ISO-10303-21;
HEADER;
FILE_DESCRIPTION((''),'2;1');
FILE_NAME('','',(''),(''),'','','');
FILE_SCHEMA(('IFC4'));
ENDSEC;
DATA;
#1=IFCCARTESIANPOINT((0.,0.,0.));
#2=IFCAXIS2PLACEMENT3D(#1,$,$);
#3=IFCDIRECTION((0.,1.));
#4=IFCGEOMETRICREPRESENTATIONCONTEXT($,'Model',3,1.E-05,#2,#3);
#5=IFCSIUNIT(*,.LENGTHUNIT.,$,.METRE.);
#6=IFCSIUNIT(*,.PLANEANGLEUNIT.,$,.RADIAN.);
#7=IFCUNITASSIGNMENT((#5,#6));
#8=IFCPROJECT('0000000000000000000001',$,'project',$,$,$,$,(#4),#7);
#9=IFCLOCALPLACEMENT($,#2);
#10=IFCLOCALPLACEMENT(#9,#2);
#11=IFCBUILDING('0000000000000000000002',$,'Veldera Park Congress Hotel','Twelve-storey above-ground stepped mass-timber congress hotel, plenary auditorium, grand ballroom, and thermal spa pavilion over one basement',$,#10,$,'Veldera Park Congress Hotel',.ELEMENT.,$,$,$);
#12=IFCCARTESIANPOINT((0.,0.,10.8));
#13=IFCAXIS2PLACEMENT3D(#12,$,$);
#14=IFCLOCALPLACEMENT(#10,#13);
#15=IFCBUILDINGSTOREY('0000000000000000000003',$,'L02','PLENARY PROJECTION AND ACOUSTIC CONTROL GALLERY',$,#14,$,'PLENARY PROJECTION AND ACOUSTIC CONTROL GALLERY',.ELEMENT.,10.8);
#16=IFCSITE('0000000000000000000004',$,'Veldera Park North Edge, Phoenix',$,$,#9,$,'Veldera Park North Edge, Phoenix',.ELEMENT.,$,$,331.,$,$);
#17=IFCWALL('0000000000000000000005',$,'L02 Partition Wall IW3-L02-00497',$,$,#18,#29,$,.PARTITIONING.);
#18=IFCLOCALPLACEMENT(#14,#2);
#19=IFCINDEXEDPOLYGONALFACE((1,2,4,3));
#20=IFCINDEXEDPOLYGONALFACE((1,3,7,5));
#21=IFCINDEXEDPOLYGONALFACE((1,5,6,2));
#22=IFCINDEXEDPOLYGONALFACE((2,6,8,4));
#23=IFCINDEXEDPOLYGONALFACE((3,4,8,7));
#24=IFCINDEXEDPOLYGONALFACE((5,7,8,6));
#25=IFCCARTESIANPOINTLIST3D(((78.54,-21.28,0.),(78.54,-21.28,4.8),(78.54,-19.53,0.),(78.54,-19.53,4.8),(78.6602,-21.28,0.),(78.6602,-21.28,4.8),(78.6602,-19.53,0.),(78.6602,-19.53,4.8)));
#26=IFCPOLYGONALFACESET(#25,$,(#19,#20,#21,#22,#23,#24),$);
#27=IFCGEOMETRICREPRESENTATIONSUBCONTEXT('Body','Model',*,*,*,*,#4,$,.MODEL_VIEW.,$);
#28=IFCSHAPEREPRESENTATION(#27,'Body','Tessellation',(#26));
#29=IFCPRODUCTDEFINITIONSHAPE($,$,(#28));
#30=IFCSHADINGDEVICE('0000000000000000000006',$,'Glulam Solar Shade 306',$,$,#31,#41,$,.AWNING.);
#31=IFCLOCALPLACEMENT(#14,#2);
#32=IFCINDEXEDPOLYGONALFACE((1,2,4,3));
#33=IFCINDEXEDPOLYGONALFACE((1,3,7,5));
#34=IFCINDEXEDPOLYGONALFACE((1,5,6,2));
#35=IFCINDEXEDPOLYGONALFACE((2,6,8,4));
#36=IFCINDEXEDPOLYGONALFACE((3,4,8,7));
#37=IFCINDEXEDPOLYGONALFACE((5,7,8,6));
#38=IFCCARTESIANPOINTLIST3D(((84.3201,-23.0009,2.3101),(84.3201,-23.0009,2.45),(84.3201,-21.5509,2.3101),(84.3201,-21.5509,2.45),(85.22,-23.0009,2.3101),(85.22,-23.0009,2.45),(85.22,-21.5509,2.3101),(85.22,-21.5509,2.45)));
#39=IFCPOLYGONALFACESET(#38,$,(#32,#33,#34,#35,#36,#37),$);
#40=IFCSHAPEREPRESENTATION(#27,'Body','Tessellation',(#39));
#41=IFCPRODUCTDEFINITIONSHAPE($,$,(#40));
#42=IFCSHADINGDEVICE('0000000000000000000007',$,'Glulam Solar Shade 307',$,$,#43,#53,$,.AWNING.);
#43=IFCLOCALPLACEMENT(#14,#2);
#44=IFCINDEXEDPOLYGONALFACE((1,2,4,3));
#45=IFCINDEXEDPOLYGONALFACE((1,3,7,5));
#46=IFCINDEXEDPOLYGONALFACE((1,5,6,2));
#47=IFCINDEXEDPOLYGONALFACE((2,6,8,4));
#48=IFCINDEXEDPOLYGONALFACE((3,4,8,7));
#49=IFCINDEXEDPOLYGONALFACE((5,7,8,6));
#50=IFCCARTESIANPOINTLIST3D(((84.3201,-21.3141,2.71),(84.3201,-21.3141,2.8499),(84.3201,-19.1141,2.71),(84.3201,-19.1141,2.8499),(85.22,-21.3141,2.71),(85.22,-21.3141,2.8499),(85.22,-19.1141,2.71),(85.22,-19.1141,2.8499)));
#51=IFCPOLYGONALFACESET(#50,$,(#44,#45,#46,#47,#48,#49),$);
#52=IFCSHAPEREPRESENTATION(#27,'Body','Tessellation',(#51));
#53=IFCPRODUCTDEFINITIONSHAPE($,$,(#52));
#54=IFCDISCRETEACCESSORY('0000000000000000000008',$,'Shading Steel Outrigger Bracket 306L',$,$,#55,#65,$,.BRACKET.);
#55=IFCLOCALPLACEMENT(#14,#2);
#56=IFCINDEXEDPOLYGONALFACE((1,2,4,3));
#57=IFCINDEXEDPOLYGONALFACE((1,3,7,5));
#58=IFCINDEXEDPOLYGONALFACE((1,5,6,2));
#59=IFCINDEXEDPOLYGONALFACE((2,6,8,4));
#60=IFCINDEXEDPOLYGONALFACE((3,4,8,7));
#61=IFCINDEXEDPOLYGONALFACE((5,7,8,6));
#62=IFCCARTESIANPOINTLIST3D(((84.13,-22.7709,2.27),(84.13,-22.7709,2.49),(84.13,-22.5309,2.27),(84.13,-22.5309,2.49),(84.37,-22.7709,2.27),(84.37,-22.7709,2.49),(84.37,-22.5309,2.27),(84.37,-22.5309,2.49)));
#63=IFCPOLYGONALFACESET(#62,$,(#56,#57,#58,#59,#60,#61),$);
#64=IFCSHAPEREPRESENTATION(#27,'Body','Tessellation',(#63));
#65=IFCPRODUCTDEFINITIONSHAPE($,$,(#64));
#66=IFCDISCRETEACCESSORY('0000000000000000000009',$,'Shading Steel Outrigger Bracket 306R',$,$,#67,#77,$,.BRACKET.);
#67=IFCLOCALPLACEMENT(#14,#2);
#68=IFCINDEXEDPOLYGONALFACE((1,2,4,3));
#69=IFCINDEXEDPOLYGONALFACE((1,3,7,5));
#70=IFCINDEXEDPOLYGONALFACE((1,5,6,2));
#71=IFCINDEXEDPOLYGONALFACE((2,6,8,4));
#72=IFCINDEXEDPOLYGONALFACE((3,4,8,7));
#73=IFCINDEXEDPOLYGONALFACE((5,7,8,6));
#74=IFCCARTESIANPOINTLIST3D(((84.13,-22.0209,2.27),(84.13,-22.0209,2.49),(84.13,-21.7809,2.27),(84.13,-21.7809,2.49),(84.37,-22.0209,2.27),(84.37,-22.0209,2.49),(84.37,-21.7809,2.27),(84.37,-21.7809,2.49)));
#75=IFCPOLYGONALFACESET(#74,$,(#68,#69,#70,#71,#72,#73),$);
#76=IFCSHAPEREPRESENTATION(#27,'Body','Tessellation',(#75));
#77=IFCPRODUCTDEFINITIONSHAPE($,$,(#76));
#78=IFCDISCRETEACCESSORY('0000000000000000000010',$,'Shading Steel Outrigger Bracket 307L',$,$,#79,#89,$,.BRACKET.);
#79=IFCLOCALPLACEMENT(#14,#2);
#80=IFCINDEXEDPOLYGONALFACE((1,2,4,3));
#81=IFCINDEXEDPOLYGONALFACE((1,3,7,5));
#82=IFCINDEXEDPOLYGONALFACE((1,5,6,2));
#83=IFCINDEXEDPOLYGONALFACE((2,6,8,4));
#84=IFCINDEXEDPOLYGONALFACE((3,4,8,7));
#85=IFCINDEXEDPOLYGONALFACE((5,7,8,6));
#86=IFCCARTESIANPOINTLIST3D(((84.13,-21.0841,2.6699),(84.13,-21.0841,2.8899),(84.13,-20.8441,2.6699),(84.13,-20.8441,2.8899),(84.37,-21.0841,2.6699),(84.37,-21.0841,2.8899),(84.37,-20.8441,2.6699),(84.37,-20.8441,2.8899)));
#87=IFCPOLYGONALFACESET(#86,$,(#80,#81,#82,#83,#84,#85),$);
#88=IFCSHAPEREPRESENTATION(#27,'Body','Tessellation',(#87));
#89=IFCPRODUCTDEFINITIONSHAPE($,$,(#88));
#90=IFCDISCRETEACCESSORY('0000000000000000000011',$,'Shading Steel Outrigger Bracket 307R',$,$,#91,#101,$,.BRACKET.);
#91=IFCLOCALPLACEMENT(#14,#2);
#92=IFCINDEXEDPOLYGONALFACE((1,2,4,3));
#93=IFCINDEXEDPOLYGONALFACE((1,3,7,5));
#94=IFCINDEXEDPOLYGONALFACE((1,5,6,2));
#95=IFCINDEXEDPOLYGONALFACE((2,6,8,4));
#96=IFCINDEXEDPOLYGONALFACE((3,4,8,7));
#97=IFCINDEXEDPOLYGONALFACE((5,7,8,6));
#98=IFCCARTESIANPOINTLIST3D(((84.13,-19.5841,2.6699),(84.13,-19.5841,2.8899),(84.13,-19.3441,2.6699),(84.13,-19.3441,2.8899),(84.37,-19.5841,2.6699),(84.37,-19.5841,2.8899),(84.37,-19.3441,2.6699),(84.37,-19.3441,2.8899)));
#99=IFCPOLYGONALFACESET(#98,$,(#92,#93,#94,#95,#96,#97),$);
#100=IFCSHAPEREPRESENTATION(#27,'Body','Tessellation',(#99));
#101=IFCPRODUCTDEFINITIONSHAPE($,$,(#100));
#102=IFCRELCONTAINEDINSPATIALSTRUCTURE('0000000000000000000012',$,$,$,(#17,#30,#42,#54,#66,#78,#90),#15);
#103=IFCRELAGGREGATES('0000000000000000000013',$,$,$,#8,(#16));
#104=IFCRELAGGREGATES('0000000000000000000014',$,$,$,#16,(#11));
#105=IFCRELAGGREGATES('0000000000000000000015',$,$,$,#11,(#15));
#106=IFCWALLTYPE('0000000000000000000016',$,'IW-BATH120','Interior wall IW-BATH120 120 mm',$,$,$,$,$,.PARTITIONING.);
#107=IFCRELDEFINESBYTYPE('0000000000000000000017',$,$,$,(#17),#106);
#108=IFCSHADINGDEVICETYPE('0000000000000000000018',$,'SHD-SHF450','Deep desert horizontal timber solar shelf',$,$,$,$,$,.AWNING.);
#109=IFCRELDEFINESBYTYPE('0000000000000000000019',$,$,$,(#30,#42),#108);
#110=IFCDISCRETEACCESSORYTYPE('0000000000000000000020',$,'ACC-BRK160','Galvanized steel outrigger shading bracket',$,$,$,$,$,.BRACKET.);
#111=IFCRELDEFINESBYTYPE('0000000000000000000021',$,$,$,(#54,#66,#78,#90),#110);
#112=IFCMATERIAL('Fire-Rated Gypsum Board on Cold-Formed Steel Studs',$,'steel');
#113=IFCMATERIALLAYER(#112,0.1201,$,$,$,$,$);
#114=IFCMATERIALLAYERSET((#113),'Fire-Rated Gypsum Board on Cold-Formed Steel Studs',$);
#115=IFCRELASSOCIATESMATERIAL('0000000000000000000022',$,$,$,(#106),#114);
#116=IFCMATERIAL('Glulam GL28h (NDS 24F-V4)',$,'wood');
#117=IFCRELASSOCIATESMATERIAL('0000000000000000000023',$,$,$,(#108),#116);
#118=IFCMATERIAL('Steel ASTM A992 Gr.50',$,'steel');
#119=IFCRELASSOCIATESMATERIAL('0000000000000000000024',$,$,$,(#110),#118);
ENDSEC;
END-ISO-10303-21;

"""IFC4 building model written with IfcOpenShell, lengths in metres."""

from ifc_helpers import new_model, si_unit, direction, frame, frame_2d, origin, origin_2d, place, context, subcontext, project, spatial, rectangle, extrude, material, layer, layer_set, type_object, element, save


model = new_model("IFC4")

# Units and contexts
model_context = context("Model", 3, precision=1e-05, world=origin(), true_north=direction((0.0, 1.0)))
body_context = subcontext(model_context, "Body", "Model", "MODEL_VIEW")
ifc_project = project(units=[si_unit("LENGTHUNIT", "METRE"), si_unit("PLANEANGLEUNIT", "RADIAN")], contexts=[model_context])

# Site, building, storey
site_placement = place(None, origin())
site = spatial("IfcSite", under=ifc_project, at=site_placement, Name="Veldera Park North Edge, Phoenix", LongName="Veldera Park North Edge, Phoenix", CompositionType="ELEMENT", RefElevation=331.0)
building_placement = place(site_placement, origin())
building = spatial("IfcBuilding", under=site, at=building_placement, Name="Veldera Park Congress Hotel", Description="Twelve-storey above-ground stepped mass-timber congress hotel, plenary auditorium, grand ballroom, and thermal spa pavilion over one basement", LongName="Veldera Park Congress Hotel", CompositionType="ELEMENT")
storey_placement = place(building_placement, frame((0.0, 0.0, 10.8)))
storey = spatial("IfcBuildingStorey", under=building, at=storey_placement, Name="L02", Description="PLENARY PROJECTION AND ACOUSTIC CONTROL GALLERY", LongName="PLENARY PROJECTION AND ACOUSTIC CONTROL GALLERY", CompositionType="ELEMENT", Elevation=10.8)

# Shared definitions
ifc_material_1 = material(Name="Glulam GL28h (NDS 24F-V4)", Category="wood")
ifc_material_2 = material(Name="Steel ASTM A992 Gr.50", Category="steel")

# Shared definitions
ifc_material_3 = material(Name="Fire-Rated Gypsum Board on Cold-Formed Steel Studs", Category="steel")
ifc_layer_1 = layer(ifc_material_3, 0.1201)
ifc_layer_set_1 = layer_set([ifc_layer_1], Name="Fire-Rated Gypsum Board on Cold-Formed Steel Studs")
wall_type_1 = type_object("IfcWallType", Name="IW-BATH120", Description="Interior wall IW-BATH120 120 mm", PredefinedType="PARTITIONING", material=ifc_layer_set_1)

# Wall
for number, where, z_axis, x_axis, name in (
    (1, (78.6001, -21.28, 0.0), (0.0, 0.0, 1.0), (0.0, 1.0, 0.0), "L02 Partition Wall IW3-L02-00497"),
):
    element("IfcWall", number, at=place(storey_placement, frame(where, z_axis=z_axis, x_axis=x_axis)), inside=storey, type_object=wall_type_1, Name=name, PredefinedType="PARTITIONING", context=body_context, shape_type="SweptSolid", body=[
        extrude(rectangle(XDim=1.75, YDim=0.1201, at=frame_2d((0.875, 0.0))), origin(), (0.0, 0.0, 1.0), 4.8),
    ])

# Shading devices
shading_device_type = type_object("IfcShadingDeviceType", Name="SHD-SHF450", Description="Deep desert horizontal timber solar shelf", PredefinedType="AWNING", material=ifc_material_1)
shading_device_1_placement = place(storey_placement, frame((84.77, -22.2759, 2.3101), z_axis=(0.0, 0.0, 1.0), x_axis=(0.0, 1.0, 0.0)))
element("IfcShadingDevice", 2, at=shading_device_1_placement, inside=storey, type_object=shading_device_type, Name="Glulam Solar Shade 306", PredefinedType="AWNING", context=body_context, shape_type="SweptSolid", body=[
    extrude(rectangle(XDim=1.45, YDim=0.8999, at=origin_2d()), origin(), (0.0, 0.0, 1.0), 0.1399),
])
shading_device_2_placement = place(storey_placement, frame((84.77, -20.2141, 2.71), z_axis=(0.0, 0.0, 1.0), x_axis=(0.0, 1.0, 0.0)))
element("IfcShadingDevice", 3, at=shading_device_2_placement, inside=storey, type_object=shading_device_type, Name="Glulam Solar Shade 307", PredefinedType="AWNING", context=body_context, shape_type="SweptSolid", body=[
    extrude(rectangle(XDim=2.2, YDim=0.8999, at=origin_2d()), origin(), (0.0, 0.0, 1.0), 0.1399),
])

# Discrete accessories
discrete_accessory_type = type_object("IfcDiscreteAccessoryType", Name="ACC-BRK160", Description="Galvanized steel outrigger shading bracket", PredefinedType="BRACKET", material=ifc_material_2)
for number, where, z_axis, x_axis, name in (
    (4, (84.25, -22.6509, 2.27), (0.0, 0.0, 1.0), (0.0, 1.0, 0.0), "Shading Steel Outrigger Bracket 306L"),
    (5, (84.25, -21.9009, 2.27), (0.0, 0.0, 1.0), (0.0, 1.0, 0.0), "Shading Steel Outrigger Bracket 306R"),
    (6, (84.25, -20.9641, 2.6699), (0.0, 0.0, 1.0), (0.0, 1.0, 0.0), "Shading Steel Outrigger Bracket 307L"),
    (7, (84.25, -19.4641, 2.6699), (0.0, 0.0, 1.0), (0.0, 1.0, 0.0), "Shading Steel Outrigger Bracket 307R"),
):
    element("IfcDiscreteAccessory", number, at=place(storey_placement, frame(where, z_axis=z_axis, x_axis=x_axis)), inside=storey, type_object=discrete_accessory_type, Name=name, PredefinedType="BRACKET", context=body_context, shape_type="SweptSolid", body=[
        extrude(rectangle(XDim=0.24, YDim=0.24, at=origin_2d()), origin(), (0.0, 0.0, 1.0), 0.22),
    ])

save(model, "model.ifc")
